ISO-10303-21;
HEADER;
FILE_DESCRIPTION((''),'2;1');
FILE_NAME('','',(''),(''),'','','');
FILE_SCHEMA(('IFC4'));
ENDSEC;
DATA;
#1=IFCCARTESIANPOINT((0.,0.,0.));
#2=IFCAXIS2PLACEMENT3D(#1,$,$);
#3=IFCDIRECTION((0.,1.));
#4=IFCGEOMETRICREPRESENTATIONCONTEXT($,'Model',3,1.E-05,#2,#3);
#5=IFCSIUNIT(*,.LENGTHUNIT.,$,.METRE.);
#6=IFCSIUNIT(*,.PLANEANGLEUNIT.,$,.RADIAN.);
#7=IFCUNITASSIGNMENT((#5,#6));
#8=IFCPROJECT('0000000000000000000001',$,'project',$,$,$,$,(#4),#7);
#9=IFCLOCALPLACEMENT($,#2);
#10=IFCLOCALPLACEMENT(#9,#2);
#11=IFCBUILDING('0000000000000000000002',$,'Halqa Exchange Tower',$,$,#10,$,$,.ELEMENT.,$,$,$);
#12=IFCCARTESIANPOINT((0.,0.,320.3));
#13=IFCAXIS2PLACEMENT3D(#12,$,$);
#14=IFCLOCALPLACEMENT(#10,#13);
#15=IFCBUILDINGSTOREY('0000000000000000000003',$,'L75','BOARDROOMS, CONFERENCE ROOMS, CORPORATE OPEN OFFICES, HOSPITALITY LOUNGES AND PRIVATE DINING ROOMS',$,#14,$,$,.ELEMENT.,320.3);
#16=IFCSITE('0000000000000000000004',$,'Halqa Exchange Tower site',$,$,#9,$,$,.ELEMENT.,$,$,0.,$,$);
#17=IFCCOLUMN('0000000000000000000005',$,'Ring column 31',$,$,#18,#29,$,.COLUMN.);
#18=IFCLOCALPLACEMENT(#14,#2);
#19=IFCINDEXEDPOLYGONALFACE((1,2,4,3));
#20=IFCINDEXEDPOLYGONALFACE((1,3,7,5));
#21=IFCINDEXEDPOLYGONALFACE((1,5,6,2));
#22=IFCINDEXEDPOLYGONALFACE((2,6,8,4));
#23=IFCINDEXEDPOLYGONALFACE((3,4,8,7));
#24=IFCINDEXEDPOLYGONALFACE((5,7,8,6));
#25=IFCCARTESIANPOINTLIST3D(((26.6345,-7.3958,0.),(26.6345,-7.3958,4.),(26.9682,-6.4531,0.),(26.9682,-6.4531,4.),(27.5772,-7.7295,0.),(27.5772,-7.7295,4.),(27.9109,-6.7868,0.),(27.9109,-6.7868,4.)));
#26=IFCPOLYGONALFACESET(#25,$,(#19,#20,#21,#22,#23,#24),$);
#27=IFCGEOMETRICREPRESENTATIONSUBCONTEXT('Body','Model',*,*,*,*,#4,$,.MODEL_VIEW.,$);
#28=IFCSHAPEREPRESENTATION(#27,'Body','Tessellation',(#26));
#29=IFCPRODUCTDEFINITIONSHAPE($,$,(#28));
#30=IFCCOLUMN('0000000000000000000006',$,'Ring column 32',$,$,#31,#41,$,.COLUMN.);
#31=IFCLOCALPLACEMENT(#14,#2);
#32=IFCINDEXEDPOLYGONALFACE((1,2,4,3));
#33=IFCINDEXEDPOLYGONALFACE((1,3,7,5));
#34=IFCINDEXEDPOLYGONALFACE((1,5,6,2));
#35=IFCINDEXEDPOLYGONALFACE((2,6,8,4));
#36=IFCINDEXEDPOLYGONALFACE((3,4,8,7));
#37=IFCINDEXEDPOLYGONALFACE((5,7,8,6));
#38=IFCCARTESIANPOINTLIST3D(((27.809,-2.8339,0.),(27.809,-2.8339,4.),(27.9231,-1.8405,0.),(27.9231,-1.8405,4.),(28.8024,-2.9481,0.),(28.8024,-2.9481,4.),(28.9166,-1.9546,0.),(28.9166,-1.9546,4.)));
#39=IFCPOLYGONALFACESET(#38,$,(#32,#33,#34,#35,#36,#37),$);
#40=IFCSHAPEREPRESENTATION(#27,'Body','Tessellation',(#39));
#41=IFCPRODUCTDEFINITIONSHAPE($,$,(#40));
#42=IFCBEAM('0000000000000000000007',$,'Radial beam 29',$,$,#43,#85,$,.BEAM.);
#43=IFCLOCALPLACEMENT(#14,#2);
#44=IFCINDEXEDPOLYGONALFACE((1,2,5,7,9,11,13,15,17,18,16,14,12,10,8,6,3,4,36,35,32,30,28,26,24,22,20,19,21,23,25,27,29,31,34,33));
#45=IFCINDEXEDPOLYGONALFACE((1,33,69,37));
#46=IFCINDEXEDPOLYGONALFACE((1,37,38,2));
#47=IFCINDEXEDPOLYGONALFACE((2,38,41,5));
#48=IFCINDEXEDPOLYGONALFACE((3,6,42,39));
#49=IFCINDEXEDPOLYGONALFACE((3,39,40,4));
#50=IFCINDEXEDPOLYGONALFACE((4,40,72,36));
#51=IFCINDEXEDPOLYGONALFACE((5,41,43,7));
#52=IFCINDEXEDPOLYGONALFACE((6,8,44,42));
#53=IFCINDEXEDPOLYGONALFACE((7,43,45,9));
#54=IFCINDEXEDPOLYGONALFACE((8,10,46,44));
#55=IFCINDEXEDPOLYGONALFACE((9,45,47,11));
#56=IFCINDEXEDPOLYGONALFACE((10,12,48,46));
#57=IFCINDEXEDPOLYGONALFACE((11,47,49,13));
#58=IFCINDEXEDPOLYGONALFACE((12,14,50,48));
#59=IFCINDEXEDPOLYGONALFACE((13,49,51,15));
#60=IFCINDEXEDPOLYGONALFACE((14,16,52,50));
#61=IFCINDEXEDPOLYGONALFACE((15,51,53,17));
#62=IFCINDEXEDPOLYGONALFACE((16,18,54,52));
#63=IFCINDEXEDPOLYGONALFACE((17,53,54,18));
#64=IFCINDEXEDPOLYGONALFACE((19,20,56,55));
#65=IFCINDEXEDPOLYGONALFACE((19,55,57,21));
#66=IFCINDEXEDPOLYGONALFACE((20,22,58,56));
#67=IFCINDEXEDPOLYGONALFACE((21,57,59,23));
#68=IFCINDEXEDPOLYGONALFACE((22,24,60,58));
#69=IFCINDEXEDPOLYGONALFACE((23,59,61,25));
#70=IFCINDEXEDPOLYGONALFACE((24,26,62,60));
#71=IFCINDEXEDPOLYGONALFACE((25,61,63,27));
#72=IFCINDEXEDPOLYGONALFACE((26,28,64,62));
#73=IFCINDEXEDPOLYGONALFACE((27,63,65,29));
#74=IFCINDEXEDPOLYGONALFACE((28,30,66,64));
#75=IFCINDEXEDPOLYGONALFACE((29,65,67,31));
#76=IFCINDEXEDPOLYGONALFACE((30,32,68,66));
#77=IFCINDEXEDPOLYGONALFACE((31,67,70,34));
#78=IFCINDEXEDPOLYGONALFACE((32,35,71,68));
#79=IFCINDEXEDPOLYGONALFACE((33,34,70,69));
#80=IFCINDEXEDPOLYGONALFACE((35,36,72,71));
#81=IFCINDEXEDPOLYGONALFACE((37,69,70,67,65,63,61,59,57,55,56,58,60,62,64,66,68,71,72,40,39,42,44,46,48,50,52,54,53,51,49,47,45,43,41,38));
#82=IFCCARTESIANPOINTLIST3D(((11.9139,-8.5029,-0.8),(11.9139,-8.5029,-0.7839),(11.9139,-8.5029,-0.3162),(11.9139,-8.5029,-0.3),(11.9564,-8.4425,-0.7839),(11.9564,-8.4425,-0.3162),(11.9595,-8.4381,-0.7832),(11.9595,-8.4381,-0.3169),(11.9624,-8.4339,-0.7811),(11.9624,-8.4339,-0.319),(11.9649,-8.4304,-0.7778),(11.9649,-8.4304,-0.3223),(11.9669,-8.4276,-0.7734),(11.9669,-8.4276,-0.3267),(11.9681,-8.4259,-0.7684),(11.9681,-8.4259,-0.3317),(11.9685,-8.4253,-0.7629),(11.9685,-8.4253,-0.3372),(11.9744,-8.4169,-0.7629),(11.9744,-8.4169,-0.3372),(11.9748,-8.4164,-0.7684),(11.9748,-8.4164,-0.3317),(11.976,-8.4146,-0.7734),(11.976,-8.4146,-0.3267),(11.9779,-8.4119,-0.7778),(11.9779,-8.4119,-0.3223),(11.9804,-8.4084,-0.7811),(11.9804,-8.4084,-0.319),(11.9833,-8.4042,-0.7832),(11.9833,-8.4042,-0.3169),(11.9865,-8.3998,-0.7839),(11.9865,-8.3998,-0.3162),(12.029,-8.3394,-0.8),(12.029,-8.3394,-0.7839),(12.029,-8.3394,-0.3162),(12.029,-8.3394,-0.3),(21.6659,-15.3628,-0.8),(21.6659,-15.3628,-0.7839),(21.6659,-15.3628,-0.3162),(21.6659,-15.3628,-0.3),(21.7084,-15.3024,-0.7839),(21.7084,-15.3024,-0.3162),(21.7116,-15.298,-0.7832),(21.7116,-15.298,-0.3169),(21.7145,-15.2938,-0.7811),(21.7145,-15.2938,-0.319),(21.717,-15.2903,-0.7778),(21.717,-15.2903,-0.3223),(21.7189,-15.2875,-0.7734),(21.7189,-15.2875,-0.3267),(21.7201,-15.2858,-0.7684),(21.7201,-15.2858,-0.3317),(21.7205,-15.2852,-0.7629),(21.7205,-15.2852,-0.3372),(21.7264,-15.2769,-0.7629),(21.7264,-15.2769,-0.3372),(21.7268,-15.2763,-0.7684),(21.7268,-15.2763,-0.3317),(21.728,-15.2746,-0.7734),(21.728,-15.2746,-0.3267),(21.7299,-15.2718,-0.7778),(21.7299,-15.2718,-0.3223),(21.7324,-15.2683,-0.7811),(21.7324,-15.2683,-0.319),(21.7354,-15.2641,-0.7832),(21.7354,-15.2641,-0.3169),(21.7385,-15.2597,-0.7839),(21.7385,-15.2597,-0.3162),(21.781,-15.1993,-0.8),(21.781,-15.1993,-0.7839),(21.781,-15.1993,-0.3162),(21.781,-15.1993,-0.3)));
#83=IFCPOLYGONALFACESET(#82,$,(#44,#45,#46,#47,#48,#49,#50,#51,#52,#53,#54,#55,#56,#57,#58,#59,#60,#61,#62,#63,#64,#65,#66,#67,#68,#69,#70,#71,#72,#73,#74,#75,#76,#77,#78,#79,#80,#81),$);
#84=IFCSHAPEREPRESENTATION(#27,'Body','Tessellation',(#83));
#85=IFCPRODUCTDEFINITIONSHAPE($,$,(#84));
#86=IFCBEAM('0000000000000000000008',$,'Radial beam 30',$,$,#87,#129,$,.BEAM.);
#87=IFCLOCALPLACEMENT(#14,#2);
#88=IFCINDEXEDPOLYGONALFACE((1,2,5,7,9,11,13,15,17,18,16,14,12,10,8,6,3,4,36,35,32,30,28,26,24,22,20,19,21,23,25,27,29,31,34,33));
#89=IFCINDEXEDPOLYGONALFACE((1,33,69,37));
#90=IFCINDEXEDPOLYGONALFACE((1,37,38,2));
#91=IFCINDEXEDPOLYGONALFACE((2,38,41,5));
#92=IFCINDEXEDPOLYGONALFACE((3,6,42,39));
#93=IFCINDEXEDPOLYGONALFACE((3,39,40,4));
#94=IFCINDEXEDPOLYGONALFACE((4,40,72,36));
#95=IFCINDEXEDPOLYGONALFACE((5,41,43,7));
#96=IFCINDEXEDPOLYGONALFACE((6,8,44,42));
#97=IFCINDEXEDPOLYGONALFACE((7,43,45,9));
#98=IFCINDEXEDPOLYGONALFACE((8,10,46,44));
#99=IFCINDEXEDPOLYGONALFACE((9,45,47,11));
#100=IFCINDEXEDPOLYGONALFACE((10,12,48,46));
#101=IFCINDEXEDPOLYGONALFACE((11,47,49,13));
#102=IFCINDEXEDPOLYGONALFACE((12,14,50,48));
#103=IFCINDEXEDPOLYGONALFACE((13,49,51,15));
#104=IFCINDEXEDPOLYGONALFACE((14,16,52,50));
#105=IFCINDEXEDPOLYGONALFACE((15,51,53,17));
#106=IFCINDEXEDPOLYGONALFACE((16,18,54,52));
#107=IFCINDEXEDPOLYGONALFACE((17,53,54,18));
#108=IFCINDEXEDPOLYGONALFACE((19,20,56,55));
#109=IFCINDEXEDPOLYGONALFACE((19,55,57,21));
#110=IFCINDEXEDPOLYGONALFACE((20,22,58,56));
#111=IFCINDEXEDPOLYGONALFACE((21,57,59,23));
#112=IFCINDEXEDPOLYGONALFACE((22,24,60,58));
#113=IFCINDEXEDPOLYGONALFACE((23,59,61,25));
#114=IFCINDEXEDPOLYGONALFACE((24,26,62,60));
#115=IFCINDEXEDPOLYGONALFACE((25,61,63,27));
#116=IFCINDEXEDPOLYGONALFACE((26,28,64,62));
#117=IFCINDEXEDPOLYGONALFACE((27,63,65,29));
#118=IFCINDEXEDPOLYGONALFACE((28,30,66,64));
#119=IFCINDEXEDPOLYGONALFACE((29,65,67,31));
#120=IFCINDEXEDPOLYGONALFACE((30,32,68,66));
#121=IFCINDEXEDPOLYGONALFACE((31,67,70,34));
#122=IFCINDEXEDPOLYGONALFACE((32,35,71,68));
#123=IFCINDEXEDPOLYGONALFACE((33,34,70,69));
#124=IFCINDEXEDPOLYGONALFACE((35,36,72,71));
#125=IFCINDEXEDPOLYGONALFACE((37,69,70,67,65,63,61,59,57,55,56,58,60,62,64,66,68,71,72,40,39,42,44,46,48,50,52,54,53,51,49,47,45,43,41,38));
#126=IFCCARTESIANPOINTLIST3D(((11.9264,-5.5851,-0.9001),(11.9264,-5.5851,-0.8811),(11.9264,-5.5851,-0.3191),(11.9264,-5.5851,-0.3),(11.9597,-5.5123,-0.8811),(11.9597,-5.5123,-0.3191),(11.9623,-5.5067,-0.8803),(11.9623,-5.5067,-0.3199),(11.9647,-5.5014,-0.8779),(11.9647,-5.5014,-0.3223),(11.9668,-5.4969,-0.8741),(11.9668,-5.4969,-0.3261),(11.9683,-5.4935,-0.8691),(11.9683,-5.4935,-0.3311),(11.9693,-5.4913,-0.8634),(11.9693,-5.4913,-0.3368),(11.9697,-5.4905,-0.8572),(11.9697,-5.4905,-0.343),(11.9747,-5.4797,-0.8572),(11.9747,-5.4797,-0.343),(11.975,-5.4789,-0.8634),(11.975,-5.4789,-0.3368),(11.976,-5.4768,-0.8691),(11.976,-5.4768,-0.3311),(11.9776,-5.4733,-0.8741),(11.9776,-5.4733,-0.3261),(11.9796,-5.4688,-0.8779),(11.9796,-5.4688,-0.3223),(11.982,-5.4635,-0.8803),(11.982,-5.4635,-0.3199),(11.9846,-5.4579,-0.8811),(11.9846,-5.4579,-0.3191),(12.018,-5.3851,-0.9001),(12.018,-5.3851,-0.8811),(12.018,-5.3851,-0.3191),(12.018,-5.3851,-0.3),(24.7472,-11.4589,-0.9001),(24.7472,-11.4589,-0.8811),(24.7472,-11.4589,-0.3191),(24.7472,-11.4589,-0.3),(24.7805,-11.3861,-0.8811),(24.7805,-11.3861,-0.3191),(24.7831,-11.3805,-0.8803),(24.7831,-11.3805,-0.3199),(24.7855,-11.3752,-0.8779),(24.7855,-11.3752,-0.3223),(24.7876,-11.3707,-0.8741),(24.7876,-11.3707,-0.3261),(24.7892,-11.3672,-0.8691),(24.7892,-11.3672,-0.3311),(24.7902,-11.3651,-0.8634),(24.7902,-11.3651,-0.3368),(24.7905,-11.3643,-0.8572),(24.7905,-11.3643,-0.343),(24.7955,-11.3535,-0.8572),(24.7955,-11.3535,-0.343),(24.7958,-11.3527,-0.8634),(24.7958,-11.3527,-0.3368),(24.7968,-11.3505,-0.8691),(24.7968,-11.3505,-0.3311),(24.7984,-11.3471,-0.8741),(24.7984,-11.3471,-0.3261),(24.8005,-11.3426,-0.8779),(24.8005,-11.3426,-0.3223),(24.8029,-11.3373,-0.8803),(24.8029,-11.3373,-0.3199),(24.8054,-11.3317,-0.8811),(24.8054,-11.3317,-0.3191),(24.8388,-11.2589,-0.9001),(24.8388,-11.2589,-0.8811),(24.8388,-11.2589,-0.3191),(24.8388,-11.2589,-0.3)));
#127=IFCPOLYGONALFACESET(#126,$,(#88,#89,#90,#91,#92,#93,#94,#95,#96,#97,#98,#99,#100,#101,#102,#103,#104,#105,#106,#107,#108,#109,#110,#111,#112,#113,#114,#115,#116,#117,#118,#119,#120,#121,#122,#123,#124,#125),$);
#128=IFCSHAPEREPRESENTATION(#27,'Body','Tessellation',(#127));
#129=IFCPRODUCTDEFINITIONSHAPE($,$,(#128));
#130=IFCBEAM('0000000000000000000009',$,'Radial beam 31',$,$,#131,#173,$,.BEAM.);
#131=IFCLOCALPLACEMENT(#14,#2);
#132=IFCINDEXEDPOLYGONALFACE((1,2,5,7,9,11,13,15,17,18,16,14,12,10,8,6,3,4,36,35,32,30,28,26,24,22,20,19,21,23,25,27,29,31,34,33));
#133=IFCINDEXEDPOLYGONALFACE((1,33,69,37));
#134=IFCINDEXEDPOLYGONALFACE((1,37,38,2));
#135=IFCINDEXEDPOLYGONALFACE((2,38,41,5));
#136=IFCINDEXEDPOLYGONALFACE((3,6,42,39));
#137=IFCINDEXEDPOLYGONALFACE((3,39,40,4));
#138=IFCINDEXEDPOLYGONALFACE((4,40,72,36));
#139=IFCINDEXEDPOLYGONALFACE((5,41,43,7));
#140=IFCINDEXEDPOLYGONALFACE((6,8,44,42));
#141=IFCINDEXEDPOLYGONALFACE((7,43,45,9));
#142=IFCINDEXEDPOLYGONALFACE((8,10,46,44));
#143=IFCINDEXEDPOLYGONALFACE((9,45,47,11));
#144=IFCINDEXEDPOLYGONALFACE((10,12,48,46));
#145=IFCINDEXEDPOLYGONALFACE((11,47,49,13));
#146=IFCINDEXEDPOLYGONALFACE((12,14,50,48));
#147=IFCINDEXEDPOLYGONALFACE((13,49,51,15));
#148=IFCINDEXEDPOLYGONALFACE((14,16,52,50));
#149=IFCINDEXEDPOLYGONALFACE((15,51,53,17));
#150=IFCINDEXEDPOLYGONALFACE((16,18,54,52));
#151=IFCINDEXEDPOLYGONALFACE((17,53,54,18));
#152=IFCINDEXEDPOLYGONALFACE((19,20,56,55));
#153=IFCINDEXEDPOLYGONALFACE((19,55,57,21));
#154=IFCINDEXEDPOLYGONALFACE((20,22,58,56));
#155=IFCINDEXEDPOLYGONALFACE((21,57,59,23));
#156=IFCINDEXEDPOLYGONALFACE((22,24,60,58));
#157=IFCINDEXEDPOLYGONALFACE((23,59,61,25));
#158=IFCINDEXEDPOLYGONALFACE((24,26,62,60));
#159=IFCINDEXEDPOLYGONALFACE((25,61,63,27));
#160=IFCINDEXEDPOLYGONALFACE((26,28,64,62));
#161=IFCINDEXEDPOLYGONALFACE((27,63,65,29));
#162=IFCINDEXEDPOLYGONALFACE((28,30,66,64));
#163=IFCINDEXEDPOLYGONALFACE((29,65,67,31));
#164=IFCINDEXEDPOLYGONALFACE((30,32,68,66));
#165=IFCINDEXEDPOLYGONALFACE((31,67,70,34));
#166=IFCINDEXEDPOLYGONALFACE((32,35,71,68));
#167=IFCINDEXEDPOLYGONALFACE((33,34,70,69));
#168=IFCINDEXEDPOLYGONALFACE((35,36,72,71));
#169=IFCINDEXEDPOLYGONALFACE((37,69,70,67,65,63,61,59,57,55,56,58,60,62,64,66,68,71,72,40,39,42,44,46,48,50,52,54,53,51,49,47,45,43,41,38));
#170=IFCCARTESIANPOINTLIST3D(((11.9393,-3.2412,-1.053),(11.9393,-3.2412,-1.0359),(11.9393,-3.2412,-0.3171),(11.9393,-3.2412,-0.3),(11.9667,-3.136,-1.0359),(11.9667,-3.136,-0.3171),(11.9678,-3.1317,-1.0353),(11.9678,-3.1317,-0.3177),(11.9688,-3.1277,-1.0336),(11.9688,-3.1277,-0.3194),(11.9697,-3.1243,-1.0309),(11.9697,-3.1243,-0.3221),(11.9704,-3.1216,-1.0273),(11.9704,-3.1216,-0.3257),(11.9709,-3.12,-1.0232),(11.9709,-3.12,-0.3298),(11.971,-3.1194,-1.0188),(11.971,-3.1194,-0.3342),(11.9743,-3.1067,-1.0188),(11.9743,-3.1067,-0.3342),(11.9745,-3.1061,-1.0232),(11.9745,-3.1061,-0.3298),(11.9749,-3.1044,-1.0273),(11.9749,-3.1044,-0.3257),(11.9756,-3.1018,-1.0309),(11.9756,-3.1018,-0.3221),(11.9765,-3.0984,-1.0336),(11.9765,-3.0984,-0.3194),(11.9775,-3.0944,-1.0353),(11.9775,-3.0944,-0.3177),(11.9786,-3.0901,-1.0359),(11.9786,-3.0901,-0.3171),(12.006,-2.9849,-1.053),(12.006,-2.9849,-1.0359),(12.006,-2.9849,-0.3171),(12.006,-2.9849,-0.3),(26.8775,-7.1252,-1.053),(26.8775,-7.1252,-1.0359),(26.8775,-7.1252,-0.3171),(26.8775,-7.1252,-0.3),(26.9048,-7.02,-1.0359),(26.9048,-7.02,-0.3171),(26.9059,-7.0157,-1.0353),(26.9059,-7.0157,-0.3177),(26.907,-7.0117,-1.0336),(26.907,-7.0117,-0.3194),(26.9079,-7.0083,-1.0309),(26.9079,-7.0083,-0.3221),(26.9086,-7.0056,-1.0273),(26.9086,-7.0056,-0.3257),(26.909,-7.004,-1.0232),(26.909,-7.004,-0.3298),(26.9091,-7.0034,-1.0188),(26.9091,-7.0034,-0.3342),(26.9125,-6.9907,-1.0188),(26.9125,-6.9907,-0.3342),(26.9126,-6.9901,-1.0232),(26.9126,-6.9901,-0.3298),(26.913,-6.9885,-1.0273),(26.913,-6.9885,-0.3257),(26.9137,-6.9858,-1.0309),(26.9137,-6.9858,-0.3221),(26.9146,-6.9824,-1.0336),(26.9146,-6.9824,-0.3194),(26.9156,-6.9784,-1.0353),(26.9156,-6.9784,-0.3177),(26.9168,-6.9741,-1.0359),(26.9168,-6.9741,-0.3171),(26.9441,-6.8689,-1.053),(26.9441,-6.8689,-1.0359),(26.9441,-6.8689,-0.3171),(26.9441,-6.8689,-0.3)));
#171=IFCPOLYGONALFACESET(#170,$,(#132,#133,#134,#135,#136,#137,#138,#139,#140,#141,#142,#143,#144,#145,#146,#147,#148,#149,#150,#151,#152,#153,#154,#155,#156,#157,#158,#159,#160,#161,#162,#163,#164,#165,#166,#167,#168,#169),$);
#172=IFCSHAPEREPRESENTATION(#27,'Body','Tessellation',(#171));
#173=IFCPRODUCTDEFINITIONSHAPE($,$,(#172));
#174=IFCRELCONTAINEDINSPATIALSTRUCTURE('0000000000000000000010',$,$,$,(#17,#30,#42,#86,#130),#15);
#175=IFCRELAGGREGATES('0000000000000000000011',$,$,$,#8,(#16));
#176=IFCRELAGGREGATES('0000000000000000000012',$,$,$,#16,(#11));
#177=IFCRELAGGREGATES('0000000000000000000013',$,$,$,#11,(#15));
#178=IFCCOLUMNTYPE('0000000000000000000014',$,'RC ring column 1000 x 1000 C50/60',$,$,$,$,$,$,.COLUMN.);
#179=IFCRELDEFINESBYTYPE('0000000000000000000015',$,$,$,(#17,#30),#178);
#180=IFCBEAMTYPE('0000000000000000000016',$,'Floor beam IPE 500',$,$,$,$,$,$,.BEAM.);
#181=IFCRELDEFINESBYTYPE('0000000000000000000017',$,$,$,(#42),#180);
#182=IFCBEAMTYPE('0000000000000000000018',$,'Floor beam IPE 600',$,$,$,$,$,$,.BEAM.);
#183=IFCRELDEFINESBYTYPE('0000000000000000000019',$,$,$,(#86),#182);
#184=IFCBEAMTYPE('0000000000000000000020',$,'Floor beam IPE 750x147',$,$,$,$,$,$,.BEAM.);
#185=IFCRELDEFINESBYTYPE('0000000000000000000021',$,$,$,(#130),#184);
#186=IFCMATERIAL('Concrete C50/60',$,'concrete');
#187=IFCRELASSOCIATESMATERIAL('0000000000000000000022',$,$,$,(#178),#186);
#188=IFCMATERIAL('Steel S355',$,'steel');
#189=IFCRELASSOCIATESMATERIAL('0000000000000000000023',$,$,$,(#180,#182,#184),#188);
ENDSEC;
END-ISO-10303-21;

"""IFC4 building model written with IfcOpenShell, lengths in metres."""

from ifc_helpers import new_model, si_unit, direction, frame, origin, origin_2d, place, context, subcontext, project, spatial, rectangle, i_section, extrude, material, material_profile, profile_set, type_object, element, save


model = new_model("IFC4")

# Units and contexts
model_context = context("Model", 3, precision=1e-05, world=origin(), true_north=direction((0.0, 1.0)))
body_context = subcontext(model_context, "Body", "Model", "MODEL_VIEW")
ifc_project = project(units=[si_unit("LENGTHUNIT", "METRE"), si_unit("PLANEANGLEUNIT", "RADIAN")], contexts=[model_context])

# Site, building, storey
site_placement = place(None, origin())
site = spatial("IfcSite", under=ifc_project, at=site_placement, Name="Halqa Exchange Tower site", CompositionType="ELEMENT", RefElevation=0.0)
building_placement = place(site_placement, origin())
building = spatial("IfcBuilding", under=site, at=building_placement, Name="Halqa Exchange Tower", CompositionType="ELEMENT")
storey_placement = place(building_placement, frame((0.0, 0.0, 320.3)))
storey = spatial("IfcBuildingStorey", under=building, at=storey_placement, Name="L75", Description="BOARDROOMS, CONFERENCE ROOMS, CORPORATE OPEN OFFICES, HOSPITALITY LOUNGES AND PRIVATE DINING ROOMS", CompositionType="ELEMENT", Elevation=320.3)

# Columns
ifc_material_1 = material(Name="Concrete C50/60", Category="concrete")
ifc_material_profile_1 = material_profile(ifc_material_1, rectangle(XDim=1.0, YDim=1.0, at=origin_2d()), Name="1000 x 1000")
ifc_profile_set_1 = profile_set([ifc_material_profile_1], Name="Concrete C50/60")
column_type = type_object("IfcColumnType", Name="RC ring column 1000 x 1000 C50/60", PredefinedType="COLUMN", material=ifc_profile_set_1)
for number, where, z_axis, x_axis, name in (
    (1, (27.2727, -7.0913, 0.0), (0.0, 0.0, 1.0), (0.333624, 0.942706, 0.0), "Ring column 31"),
    (2, (28.3628, -2.3943, 0.0), (0.0, 0.0, 1.0), (0.11416, 0.993462, 0.0), "Ring column 32"),
):
    element("IfcColumn", number, at=place(storey_placement, frame(where, z_axis=z_axis, x_axis=x_axis)), inside=storey, type_object=column_type, Name=name, PredefinedType="COLUMN", context=body_context, shape_type="SweptSolid", body=[
        extrude(rectangle(XDim=1.0, YDim=1.0, at=origin_2d()), origin(), (0.0, 0.0, 1.0), 4.0),
    ])

# Beams
ifc_material_2 = material(Name="Steel S355", Category="steel")
ifc_material_profile_2 = material_profile(ifc_material_2, i_section(OverallWidth=0.2, OverallDepth=0.5, WebThickness=0.0103, FlangeThickness=0.0161, FilletRadius=0.021, at=origin_2d()), Name="IPE 500")
ifc_profile_set_2 = profile_set([ifc_material_profile_2], Name="Steel S355")
beam_type_1 = type_object("IfcBeamType", Name="Floor beam IPE 500", PredefinedType="BEAM", material=ifc_profile_set_2)
beam_1_placement = place(storey_placement, frame((11.9714, -8.4211, -0.55), z_axis=(0.81791, -0.575346, 0.0), x_axis=(0.575346, 0.81791, 0.0)))
element("IfcBeam", 3, at=beam_1_placement, inside=storey, type_object=beam_type_1, Name="Radial beam 29", PredefinedType="BEAM", context=body_context, shape_type="SweptSolid", body=[
    extrude(i_section(OverallWidth=0.2, OverallDepth=0.5, WebThickness=0.0103, FlangeThickness=0.0161, FilletRadius=0.021, at=origin_2d()), origin(), (0.0, 0.0, 1.0), 11.9231),
])
ifc_material_profile_3 = material_profile(ifc_material_2, i_section(OverallWidth=0.22, OverallDepth=0.6001, WebThickness=0.012, FlangeThickness=0.019, FilletRadius=0.0239, at=origin_2d()), Name="IPE 600")
ifc_profile_set_3 = profile_set([ifc_material_profile_3], Name="Steel S355")
beam_type_2 = type_object("IfcBeamType", Name="Floor beam IPE 600", PredefinedType="BEAM", material=ifc_profile_set_3)
beam_2_placement = place(storey_placement, frame((11.9722, -5.4851, -0.6001), z_axis=(0.90913, -0.416513, 0.0), x_axis=(0.416513, 0.90913, 0.0)))
element("IfcBeam", 4, at=beam_2_placement, inside=storey, type_object=beam_type_2, Name="Radial beam 30", PredefinedType="BEAM", context=body_context, shape_type="SweptSolid", body=[
    extrude(i_section(OverallWidth=0.22, OverallDepth=0.6001, WebThickness=0.012, FlangeThickness=0.019, FilletRadius=0.0239, at=origin_2d()), origin(), (0.0, 0.0, 1.0), 14.1023),
])
ifc_material_profile_4 = material_profile(ifc_material_2, i_section(OverallWidth=0.2649, OverallDepth=0.7529, WebThickness=0.0132, FlangeThickness=0.0171, FilletRadius=0.0171, at=origin_2d()), Name="IPE 750x147")
ifc_profile_set_4 = profile_set([ifc_material_profile_4], Name="Steel S355")
beam_type_3 = type_object("IfcBeamType", Name="Floor beam IPE 750x147", PredefinedType="BEAM", material=ifc_profile_set_4)
beam_3_placement = place(storey_placement, frame((11.9727, -3.113, -0.6765), z_axis=(0.967821, -0.251639, 0.0), x_axis=(0.251639, 0.967821, 0.0)))
element("IfcBeam", 5, at=beam_3_placement, inside=storey, type_object=beam_type_3, Name="Radial beam 31", PredefinedType="BEAM", context=body_context, shape_type="SweptSolid", body=[
    extrude(i_section(OverallWidth=0.2649, OverallDepth=0.7529, WebThickness=0.0132, FlangeThickness=0.0171, FilletRadius=0.0171, at=origin_2d()), origin(), (0.0, 0.0, 1.0), 15.4348),
])

save(model, "model.ifc")
